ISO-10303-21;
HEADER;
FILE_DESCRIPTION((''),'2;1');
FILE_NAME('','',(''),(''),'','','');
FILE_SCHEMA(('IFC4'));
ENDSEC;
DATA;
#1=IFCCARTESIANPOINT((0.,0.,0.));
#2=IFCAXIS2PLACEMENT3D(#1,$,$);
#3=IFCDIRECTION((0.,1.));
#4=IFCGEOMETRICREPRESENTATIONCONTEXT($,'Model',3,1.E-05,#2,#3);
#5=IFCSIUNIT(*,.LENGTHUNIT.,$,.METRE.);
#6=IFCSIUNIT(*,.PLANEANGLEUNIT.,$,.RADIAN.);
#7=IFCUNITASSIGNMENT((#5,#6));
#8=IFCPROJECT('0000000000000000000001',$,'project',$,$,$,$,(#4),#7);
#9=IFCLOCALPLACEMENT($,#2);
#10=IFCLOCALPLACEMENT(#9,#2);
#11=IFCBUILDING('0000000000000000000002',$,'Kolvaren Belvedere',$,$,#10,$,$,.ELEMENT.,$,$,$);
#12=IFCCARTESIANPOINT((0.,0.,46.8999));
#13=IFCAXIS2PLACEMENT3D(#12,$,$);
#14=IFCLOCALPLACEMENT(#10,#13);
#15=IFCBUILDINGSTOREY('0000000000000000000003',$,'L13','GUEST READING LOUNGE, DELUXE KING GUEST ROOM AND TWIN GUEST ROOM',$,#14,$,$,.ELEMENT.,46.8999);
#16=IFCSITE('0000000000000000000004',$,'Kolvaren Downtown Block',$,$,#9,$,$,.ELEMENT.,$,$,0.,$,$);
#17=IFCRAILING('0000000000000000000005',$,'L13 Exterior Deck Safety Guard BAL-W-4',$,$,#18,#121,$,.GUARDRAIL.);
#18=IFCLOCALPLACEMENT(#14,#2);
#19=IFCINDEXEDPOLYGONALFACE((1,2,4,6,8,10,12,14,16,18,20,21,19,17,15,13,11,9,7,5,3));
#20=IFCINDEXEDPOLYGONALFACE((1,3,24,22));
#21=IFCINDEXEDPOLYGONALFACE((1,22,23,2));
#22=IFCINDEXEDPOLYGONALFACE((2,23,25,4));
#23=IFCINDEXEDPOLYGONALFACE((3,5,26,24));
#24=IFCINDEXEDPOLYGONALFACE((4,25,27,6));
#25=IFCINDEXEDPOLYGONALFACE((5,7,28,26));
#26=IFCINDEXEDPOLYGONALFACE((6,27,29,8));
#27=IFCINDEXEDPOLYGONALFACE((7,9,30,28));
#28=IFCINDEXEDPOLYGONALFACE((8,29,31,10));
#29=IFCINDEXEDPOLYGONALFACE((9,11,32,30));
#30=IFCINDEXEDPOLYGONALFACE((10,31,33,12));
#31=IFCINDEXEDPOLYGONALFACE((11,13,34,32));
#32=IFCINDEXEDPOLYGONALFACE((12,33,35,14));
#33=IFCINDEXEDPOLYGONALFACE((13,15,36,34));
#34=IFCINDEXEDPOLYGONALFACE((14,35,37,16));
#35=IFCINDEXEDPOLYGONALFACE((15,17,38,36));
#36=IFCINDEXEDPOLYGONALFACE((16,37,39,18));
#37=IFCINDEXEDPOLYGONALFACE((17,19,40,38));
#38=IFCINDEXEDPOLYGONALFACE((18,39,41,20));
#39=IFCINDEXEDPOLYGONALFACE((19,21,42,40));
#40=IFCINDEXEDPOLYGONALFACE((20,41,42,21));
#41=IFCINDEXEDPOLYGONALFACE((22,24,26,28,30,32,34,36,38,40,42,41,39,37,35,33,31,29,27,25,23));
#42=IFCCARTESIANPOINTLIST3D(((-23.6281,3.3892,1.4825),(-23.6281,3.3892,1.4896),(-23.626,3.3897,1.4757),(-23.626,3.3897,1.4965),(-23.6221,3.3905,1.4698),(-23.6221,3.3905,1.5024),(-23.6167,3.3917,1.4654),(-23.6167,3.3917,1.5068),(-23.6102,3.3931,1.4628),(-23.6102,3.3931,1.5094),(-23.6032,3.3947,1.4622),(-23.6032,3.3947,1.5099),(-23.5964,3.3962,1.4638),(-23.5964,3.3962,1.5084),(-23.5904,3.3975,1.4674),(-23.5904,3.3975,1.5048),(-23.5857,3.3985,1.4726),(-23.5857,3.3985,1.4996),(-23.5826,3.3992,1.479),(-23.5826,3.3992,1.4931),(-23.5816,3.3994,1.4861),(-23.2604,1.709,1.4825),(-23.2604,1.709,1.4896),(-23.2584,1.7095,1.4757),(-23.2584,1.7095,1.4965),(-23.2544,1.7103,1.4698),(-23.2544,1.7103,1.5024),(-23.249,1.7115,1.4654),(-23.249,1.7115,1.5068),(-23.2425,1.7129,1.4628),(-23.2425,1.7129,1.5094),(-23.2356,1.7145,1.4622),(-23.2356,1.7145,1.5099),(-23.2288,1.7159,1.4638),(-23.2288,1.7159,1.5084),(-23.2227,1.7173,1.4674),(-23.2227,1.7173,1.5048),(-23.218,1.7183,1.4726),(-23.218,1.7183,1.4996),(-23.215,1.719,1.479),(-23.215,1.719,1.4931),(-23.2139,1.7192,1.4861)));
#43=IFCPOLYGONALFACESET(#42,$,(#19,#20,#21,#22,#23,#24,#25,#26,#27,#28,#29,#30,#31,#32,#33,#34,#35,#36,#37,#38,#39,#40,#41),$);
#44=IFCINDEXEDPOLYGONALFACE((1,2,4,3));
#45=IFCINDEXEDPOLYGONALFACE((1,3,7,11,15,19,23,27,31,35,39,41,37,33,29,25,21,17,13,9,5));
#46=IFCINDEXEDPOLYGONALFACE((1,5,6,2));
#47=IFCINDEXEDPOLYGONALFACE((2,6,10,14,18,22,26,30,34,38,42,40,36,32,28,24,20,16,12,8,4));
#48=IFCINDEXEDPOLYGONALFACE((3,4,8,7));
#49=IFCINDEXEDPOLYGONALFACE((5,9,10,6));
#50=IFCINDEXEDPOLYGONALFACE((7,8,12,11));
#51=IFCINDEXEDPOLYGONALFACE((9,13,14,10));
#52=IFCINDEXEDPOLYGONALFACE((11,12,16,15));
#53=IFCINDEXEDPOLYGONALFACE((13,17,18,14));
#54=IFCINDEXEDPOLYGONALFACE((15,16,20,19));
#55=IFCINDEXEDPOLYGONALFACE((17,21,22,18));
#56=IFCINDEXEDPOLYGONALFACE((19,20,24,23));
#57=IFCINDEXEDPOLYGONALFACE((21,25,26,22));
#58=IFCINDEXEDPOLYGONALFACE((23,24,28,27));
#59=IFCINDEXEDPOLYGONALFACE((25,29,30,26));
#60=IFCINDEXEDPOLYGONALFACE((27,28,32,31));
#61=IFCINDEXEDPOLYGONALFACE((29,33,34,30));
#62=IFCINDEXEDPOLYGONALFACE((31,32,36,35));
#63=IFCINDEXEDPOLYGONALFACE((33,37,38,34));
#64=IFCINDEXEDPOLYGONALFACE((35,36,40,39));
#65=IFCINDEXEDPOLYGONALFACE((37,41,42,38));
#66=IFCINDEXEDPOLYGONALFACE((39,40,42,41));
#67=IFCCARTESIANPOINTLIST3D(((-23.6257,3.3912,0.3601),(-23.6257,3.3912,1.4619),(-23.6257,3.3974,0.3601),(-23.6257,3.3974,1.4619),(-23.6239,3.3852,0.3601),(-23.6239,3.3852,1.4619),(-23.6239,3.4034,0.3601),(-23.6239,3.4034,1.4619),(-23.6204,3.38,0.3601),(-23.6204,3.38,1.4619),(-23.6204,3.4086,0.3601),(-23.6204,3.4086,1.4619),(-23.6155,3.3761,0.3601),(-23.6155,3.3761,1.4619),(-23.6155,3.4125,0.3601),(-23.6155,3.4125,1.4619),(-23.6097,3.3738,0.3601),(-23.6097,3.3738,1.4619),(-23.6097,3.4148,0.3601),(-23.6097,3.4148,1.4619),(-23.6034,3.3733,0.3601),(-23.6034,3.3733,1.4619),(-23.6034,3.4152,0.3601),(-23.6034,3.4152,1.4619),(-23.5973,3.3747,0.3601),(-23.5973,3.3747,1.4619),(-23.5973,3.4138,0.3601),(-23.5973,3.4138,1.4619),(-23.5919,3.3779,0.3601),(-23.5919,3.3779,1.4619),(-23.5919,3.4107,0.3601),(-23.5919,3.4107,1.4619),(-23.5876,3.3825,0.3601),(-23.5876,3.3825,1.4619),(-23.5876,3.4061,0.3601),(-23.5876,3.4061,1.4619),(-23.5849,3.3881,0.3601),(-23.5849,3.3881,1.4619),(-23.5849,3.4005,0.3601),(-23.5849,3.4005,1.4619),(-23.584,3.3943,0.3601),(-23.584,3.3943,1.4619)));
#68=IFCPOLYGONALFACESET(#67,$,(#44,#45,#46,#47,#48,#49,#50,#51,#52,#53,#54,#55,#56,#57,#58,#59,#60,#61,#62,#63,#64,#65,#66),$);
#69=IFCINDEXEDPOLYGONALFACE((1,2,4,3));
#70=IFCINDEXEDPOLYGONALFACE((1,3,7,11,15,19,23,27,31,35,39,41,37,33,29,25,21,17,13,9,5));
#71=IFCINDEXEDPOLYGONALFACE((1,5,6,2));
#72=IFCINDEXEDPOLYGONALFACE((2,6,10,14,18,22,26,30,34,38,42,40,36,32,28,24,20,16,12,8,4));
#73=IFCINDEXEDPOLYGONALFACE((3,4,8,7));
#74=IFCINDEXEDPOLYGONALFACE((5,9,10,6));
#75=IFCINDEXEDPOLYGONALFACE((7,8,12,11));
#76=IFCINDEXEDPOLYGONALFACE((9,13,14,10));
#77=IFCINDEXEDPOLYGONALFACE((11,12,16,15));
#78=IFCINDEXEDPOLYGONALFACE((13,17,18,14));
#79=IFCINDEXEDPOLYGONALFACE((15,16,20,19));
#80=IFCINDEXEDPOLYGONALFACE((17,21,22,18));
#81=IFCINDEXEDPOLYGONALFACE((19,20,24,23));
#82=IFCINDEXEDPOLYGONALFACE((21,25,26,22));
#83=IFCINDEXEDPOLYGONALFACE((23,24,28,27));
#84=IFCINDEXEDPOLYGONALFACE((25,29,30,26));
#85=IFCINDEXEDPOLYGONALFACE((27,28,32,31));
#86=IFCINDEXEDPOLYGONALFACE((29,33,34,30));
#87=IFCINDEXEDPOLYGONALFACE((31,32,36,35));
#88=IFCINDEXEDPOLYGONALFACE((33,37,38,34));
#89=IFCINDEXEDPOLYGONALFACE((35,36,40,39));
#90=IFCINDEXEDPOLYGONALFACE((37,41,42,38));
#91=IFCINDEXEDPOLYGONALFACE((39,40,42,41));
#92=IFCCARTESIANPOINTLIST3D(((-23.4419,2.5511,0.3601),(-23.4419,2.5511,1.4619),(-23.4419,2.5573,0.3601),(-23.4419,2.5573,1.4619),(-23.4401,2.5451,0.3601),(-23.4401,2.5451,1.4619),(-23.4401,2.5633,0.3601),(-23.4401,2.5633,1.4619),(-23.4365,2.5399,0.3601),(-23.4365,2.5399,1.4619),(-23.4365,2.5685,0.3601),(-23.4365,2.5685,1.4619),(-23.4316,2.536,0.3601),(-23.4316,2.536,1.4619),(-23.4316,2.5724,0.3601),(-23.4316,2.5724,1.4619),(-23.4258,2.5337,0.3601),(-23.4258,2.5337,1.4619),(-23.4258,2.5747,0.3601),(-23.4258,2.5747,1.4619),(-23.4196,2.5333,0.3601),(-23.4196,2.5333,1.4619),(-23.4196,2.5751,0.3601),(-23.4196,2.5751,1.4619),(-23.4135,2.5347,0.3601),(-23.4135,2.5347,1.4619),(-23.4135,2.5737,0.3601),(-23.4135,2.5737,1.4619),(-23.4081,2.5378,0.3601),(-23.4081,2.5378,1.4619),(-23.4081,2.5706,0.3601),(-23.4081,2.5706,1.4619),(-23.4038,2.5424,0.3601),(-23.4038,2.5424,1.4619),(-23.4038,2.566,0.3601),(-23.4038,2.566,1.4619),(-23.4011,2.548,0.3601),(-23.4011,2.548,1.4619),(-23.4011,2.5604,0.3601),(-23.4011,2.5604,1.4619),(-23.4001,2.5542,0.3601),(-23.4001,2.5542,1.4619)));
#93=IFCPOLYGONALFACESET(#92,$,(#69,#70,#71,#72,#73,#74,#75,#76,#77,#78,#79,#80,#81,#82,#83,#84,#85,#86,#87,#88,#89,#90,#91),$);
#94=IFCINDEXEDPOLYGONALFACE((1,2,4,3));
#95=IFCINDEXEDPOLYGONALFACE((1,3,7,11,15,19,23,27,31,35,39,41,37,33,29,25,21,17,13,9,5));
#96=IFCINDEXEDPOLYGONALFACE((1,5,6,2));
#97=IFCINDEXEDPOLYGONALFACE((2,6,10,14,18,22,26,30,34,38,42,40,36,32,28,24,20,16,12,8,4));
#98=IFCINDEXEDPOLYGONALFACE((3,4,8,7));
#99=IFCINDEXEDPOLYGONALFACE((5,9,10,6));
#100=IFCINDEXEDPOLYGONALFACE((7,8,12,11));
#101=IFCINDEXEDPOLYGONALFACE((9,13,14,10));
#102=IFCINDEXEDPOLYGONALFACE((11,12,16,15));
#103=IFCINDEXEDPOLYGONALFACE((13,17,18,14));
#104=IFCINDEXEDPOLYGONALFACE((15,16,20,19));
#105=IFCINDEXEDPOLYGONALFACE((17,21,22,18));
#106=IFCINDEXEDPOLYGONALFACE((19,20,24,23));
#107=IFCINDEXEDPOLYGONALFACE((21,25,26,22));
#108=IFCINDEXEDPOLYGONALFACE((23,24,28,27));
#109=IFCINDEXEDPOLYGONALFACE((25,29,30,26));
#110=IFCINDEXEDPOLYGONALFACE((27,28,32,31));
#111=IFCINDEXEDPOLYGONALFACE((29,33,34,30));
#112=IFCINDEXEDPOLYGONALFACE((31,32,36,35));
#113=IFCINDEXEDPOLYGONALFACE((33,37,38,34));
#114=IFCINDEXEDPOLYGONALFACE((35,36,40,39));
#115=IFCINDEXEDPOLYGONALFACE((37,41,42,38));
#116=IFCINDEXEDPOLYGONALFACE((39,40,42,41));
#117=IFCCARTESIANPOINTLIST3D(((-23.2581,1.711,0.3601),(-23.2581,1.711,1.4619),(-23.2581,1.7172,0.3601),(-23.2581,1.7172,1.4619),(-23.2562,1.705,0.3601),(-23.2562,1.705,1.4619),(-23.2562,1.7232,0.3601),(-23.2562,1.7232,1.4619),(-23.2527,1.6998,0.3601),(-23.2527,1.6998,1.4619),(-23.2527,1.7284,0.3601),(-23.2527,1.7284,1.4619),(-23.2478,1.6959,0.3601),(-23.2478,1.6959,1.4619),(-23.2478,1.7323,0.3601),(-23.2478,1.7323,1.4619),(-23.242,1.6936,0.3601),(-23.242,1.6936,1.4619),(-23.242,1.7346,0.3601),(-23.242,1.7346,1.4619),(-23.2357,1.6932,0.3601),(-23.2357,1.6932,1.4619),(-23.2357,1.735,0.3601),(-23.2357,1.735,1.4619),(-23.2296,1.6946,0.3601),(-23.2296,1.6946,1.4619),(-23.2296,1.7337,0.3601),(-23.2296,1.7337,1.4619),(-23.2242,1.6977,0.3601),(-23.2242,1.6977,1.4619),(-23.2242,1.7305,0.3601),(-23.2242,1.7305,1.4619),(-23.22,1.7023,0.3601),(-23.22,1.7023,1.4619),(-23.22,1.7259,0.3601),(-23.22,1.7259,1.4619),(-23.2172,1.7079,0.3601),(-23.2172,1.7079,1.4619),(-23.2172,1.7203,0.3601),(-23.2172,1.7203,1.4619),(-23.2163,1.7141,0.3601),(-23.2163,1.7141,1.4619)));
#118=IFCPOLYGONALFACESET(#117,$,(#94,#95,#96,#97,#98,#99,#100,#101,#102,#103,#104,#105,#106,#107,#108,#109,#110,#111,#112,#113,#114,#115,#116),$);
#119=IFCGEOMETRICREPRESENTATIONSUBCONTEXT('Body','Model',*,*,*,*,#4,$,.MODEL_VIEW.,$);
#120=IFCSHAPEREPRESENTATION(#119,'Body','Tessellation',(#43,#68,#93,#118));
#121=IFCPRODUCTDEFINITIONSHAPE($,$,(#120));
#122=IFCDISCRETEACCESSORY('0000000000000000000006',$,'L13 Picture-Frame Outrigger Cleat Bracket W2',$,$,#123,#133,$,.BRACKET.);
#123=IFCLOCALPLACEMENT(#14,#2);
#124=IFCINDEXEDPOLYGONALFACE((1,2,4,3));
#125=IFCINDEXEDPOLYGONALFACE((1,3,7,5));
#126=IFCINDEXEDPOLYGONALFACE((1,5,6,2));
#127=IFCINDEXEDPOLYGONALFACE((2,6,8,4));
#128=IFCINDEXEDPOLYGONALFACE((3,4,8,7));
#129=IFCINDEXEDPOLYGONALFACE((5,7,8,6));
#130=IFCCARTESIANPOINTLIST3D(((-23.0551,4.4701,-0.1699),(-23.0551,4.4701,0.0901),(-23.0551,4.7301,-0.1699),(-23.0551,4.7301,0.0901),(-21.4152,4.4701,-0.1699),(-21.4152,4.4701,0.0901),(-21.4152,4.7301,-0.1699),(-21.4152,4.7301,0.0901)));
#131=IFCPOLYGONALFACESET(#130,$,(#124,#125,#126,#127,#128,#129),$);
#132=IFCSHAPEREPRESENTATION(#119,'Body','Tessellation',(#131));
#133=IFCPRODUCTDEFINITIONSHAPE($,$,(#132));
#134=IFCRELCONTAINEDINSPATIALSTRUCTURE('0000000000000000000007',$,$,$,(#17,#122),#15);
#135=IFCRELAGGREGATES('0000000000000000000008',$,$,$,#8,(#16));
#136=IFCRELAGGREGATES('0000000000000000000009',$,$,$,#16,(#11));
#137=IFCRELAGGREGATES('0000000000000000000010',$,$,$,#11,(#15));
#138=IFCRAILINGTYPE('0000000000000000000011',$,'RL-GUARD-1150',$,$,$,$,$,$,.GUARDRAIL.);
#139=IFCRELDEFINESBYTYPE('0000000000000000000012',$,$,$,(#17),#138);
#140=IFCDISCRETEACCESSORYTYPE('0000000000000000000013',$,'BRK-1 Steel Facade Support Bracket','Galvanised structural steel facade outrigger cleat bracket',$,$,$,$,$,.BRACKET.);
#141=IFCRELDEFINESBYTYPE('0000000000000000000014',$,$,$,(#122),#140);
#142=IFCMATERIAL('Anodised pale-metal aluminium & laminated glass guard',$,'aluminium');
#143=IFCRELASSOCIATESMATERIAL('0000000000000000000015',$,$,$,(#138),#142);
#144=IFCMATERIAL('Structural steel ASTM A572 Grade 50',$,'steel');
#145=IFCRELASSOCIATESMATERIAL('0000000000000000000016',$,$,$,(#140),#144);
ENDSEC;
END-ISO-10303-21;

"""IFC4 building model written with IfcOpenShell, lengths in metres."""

from ifc_helpers import new_model, si_unit, direction, frame, origin, origin_2d, place, context, subcontext, project, spatial, rectangle, circle, extrude, material, type_object, element, save


model = new_model("IFC4")

# Units and contexts
model_context = context("Model", 3, precision=1e-05, world=origin(), true_north=direction((0.0, 1.0)))
body_context = subcontext(model_context, "Body", "Model", "MODEL_VIEW")
ifc_project = project(units=[si_unit("LENGTHUNIT", "METRE"), si_unit("PLANEANGLEUNIT", "RADIAN")], contexts=[model_context])

# Site, building, storey
site_placement = place(None, origin())
site = spatial("IfcSite", under=ifc_project, at=site_placement, Name="Kolvaren Downtown Block", CompositionType="ELEMENT", RefElevation=0.0)
building_placement = place(site_placement, origin())
building = spatial("IfcBuilding", under=site, at=building_placement, Name="Kolvaren Belvedere", CompositionType="ELEMENT")
storey_placement = place(building_placement, frame((0.0, 0.0, 46.8999)))
storey = spatial("IfcBuildingStorey", under=building, at=storey_placement, Name="L13", Description="GUEST READING LOUNGE, DELUXE KING GUEST ROOM AND TWIN GUEST ROOM", CompositionType="ELEMENT", Elevation=46.8999)

# Railing
ifc_material_1 = material(Name="Anodised pale-metal aluminium & laminated glass guard", Category="aluminium")
railing_type = type_object("IfcRailingType", Name="RL-GUARD-1150", PredefinedType="GUARDRAIL", material=ifc_material_1)
railing_1_placement = place(storey_placement, frame((-23.605, 3.3943, 0.3601)))
element("IfcRailing", 1, at=railing_1_placement, inside=storey, type_object=railing_type, Name="L13 Exterior Deck Safety Guard BAL-W-4", PredefinedType="GUARDRAIL", context=body_context, shape_type="SweptSolid", body=[
    extrude(circle(Radius=0.0239, at=origin_2d()), frame((0.0, 0.0, 1.126), z_axis=(0.213773, -0.976883, 0.0), x_axis=(0.976883, 0.213773, 0.0)), (0.0, 0.0, 1.0), 1.72),
    extrude(circle(Radius=0.021, at=origin_2d()), origin(), (0.0, 0.0, 1.0), 1.1018),
    extrude(circle(Radius=0.021, at=origin_2d()), frame((0.1838, -0.8401, 0.0)), (0.0, 0.0, 1.0), 1.1018),
    extrude(circle(Radius=0.021, at=origin_2d()), frame((0.3677, -1.6802, 0.0)), (0.0, 0.0, 1.0), 1.1018),
])

# Discrete accessory
ifc_material_2 = material(Name="Structural steel ASTM A572 Grade 50", Category="steel")
discrete_accessory_type = type_object("IfcDiscreteAccessoryType", Name="BRK-1 Steel Facade Support Bracket", Description="Galvanised structural steel facade outrigger cleat bracket", PredefinedType="BRACKET", material=ifc_material_2)
discrete_accessory_placement = place(storey_placement, frame((-22.2351, 4.6001, -0.1699), z_axis=(0.0, 0.0, 1.0), x_axis=(1.0, 0.0, 0.0)))
element("IfcDiscreteAccessory", 2, at=discrete_accessory_placement, inside=storey, type_object=discrete_accessory_type, Name="L13 Picture-Frame Outrigger Cleat Bracket W2", PredefinedType="BRACKET", context=body_context, shape_type="SweptSolid", body=[
    extrude(rectangle(XDim=1.6399, YDim=0.26, at=origin_2d()), origin(), (0.0, 0.0, 1.0), 0.26),
])

save(model, "model.ifc")
